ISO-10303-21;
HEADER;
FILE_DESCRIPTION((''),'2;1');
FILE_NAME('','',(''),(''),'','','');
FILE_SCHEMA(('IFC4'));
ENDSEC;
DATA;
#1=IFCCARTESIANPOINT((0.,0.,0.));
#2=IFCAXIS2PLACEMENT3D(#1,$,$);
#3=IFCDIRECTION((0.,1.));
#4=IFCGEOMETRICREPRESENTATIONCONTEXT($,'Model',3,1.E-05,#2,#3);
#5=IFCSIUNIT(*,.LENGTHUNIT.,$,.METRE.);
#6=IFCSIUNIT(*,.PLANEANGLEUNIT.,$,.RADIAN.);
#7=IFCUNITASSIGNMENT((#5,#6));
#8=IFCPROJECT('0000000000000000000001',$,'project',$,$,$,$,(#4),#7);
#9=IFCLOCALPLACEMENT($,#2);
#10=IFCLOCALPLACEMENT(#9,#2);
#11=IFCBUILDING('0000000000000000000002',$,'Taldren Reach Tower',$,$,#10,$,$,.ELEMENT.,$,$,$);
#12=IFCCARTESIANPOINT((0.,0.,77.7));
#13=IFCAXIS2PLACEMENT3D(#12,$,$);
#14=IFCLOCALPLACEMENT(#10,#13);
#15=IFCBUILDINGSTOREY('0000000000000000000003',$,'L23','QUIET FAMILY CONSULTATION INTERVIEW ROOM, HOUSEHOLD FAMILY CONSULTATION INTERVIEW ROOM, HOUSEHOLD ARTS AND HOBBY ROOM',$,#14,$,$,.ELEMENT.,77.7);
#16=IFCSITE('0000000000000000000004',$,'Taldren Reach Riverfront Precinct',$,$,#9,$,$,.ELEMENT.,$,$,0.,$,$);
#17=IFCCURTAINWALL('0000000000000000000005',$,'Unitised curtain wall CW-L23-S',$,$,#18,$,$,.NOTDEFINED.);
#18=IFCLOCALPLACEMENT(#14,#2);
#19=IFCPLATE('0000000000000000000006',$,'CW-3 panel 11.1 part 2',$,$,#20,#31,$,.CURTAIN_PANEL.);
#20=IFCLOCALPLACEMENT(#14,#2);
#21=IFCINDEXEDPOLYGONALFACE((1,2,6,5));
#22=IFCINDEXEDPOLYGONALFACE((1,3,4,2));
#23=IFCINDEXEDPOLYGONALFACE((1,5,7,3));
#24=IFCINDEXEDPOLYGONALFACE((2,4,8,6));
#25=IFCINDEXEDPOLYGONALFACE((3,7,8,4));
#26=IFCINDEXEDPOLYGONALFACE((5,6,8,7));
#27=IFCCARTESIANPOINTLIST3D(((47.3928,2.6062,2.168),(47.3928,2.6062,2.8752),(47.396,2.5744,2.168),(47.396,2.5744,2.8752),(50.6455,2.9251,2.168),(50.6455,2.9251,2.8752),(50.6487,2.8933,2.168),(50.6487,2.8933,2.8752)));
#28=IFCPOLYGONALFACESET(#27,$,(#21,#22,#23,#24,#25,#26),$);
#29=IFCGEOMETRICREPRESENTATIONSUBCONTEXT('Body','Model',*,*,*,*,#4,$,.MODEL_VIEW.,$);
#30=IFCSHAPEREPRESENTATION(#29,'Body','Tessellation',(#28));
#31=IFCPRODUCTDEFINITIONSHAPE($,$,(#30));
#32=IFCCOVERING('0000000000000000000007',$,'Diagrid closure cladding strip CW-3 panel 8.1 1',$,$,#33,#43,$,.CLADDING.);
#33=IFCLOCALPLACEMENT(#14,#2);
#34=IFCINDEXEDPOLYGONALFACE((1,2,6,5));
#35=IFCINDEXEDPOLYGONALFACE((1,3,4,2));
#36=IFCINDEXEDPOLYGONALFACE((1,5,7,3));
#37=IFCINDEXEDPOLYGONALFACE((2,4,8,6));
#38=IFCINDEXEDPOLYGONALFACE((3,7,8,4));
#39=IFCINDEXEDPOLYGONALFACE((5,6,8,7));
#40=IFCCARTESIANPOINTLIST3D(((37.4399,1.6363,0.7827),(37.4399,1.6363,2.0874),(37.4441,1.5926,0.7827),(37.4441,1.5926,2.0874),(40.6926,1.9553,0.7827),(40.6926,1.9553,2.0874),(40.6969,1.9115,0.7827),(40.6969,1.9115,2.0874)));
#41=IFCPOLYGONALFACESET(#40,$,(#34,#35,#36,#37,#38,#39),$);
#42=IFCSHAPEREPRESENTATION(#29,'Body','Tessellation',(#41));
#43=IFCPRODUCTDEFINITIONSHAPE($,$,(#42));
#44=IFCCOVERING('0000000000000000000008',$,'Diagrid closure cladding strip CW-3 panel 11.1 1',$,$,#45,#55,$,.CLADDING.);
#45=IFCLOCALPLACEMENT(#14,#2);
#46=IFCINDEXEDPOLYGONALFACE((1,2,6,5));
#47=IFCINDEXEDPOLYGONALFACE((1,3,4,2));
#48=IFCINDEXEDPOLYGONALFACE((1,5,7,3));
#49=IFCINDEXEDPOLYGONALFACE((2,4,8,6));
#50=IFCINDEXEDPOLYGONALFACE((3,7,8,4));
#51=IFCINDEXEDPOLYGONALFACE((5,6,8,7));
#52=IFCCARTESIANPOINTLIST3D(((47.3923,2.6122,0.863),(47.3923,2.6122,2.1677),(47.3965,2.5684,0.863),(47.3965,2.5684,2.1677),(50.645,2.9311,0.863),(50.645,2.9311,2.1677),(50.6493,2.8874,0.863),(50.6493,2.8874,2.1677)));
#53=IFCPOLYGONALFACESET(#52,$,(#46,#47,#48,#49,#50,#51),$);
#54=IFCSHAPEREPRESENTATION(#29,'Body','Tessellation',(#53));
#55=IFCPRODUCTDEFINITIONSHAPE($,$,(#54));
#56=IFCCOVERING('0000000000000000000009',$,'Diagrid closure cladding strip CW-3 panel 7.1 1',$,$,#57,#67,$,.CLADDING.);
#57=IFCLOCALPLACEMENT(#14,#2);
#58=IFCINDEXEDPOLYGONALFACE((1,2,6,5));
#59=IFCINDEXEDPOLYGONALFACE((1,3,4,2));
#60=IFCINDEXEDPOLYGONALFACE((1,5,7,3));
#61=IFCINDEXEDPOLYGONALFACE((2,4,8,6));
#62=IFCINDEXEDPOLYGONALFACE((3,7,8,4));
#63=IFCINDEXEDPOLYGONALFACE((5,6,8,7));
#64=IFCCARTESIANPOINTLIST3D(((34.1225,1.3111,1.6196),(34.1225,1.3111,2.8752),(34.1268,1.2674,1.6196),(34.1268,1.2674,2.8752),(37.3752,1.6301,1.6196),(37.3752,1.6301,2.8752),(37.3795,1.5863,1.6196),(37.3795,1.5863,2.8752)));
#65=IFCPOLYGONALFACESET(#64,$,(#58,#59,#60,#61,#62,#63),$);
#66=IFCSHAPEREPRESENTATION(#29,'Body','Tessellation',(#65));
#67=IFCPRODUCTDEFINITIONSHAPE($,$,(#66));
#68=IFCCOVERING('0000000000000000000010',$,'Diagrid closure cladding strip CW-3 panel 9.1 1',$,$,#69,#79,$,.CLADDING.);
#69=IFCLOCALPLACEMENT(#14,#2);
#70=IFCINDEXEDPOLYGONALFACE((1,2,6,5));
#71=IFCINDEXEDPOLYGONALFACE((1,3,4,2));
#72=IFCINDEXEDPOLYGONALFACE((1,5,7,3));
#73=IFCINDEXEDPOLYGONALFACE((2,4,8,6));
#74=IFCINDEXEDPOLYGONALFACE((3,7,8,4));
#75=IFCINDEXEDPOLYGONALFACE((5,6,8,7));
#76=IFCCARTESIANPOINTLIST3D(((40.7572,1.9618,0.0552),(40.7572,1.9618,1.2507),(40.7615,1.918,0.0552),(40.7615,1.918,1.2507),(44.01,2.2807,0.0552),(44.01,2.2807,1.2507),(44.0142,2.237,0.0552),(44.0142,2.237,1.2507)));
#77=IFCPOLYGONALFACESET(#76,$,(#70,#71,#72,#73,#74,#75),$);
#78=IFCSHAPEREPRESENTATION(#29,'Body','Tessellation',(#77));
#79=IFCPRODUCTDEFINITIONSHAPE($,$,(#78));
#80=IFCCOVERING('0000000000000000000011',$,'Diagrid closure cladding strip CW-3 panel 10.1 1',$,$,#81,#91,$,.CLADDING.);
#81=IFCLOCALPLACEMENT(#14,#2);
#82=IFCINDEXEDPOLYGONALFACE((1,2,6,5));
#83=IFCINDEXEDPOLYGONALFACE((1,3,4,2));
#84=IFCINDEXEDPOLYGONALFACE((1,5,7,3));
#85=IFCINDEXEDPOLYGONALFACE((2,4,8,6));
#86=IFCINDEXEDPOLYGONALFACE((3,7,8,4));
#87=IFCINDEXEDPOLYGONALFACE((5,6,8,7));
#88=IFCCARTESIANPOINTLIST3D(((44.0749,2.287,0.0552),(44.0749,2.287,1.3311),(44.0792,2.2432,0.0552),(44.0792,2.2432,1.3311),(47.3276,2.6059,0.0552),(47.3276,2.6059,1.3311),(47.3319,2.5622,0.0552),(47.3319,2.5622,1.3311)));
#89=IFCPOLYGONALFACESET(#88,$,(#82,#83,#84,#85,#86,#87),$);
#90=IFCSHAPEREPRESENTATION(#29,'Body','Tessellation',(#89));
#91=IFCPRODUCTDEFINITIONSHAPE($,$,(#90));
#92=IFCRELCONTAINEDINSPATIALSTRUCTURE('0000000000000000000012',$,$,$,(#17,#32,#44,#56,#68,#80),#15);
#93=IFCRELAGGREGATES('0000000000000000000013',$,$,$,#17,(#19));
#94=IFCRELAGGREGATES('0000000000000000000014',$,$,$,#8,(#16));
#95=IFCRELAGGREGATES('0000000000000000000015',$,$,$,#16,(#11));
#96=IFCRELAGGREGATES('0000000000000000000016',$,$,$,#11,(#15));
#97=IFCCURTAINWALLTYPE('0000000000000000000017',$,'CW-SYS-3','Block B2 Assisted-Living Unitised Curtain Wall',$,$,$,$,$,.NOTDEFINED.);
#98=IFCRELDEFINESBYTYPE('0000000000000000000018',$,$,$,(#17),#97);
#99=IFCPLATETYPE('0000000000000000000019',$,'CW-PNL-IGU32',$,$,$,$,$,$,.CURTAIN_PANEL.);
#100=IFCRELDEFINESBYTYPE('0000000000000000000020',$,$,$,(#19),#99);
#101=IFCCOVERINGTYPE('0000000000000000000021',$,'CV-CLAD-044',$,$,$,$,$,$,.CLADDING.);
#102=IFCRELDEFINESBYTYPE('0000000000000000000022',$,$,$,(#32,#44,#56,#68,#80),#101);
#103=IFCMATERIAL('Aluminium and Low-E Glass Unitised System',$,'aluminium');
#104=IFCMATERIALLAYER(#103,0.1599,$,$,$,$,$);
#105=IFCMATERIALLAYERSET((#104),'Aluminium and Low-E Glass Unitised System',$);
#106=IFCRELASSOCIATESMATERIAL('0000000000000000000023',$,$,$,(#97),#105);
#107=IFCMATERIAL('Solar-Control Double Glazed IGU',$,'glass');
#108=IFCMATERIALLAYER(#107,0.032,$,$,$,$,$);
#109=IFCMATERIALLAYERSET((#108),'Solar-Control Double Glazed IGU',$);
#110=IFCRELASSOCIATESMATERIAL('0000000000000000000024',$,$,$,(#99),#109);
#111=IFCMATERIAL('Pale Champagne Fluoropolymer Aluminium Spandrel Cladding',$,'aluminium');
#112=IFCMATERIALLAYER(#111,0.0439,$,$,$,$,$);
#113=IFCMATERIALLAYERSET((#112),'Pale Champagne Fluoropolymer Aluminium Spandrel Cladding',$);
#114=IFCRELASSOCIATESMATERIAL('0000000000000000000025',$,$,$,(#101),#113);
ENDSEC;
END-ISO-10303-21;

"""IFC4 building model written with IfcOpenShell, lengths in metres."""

from ifc_helpers import new_model, si_unit, direction, frame, origin, origin_2d, place, context, subcontext, project, spatial, rectangle, extrude, source, transform, mapped, material, layer, layer_set, type_object, element, aggregate, save


model = new_model("IFC4")

# Units and contexts
model_context = context("Model", 3, precision=1e-05, world=origin(), true_north=direction((0.0, 1.0)))
body_context = subcontext(model_context, "Body", "Model", "MODEL_VIEW")
ifc_project = project(units=[si_unit("LENGTHUNIT", "METRE"), si_unit("PLANEANGLEUNIT", "RADIAN")], contexts=[model_context])

# Site, building, storey
site_placement = place(None, origin())
site = spatial("IfcSite", under=ifc_project, at=site_placement, Name="Taldren Reach Riverfront Precinct", CompositionType="ELEMENT", RefElevation=0.0)
building_placement = place(site_placement, origin())
building = spatial("IfcBuilding", under=site, at=building_placement, Name="Taldren Reach Tower", CompositionType="ELEMENT")
storey_placement = place(building_placement, frame((0.0, 0.0, 77.7)))
storey = spatial("IfcBuildingStorey", under=building, at=storey_placement, Name="L23", Description="QUIET FAMILY CONSULTATION INTERVIEW ROOM, HOUSEHOLD FAMILY CONSULTATION INTERVIEW ROOM, HOUSEHOLD ARTS AND HOBBY ROOM", CompositionType="ELEMENT", Elevation=77.7)

# Curtain wall
ifc_material_1 = material(Name="Aluminium and Low-E Glass Unitised System", Category="aluminium")
ifc_layer_1 = layer(ifc_material_1, 0.1599)
ifc_layer_set_1 = layer_set([ifc_layer_1], Name="Aluminium and Low-E Glass Unitised System")
curtain_wall_type = type_object("IfcCurtainWallType", Name="CW-SYS-3", Description="Block B2 Assisted-Living Unitised Curtain Wall", PredefinedType="NOTDEFINED", material=ifc_layer_set_1)
curtain_wall_placement = place(storey_placement, origin())
curtain_wall = element("IfcCurtainWall", 1, at=curtain_wall_placement, inside=storey, type_object=curtain_wall_type, Name="Unitised curtain wall CW-L23-S", PredefinedType="NOTDEFINED")

# Plate
ifc_material_2 = material(Name="Solar-Control Double Glazed IGU", Category="glass")
ifc_layer_2 = layer(ifc_material_2, 0.032)
ifc_layer_set_2 = layer_set([ifc_layer_2], Name="Solar-Control Double Glazed IGU")
plate_type_1 = type_object("IfcPlateType", Name="CW-PNL-IGU32", PredefinedType="CURTAIN_PANEL", material=ifc_layer_set_2)
shared_shape_1 = source(origin(), body_context, "Body", "SweptSolid", [
    extrude(rectangle(XDim=3.2683, YDim=0.032, at=origin_2d()), origin(), (0.0, 0.0, 1.0), 0.7073),
])
plate_1_placement = place(storey_placement, frame((49.0208, 2.7498, 2.168), z_axis=(0.0, 0.0, 1.0), x_axis=(0.995227, 0.097583, 0.0)))
plate_1 = element("IfcPlate", 2, at=plate_1_placement, type_object=plate_type_1, Name="CW-3 panel 11.1 part 2", PredefinedType="CURTAIN_PANEL", context=body_context, shape_type="MappedRepresentation", body=[
    mapped(shared_shape_1, transform((0.0, 0.0, 0.0), scale=1.0)),
])
aggregate(curtain_wall, [plate_1])

# Coverings
ifc_material_3 = material(Name="Pale Champagne Fluoropolymer Aluminium Spandrel Cladding", Category="aluminium")
ifc_layer_3 = layer(ifc_material_3, 0.0439)
ifc_layer_set_3 = layer_set([ifc_layer_3], Name="Pale Champagne Fluoropolymer Aluminium Spandrel Cladding")
covering_type = type_object("IfcCoveringType", Name="CV-CLAD-044", PredefinedType="CLADDING", material=ifc_layer_set_3)
shared_shape_2 = source(origin(), body_context, "Body", "SweptSolid", [
    extrude(rectangle(XDim=3.2683, YDim=0.0439, at=origin_2d()), origin(), (0.0, 0.0, 1.0), 1.3047),
])
for number, where, z_axis, x_axis, name in (
    (3, (39.0684, 1.7739, 0.7827), (0.0, 0.0, 1.0), (0.995227, 0.097583, 0.0), "Diagrid closure cladding strip CW-3 panel 8.1 1"),
    (4, (49.0208, 2.7498, 0.863), (0.0, 0.0, 1.0), (0.995227, 0.097583, 0.0), "Diagrid closure cladding strip CW-3 panel 11.1 1"),
):
    element("IfcCovering", number, at=place(storey_placement, frame(where, z_axis=z_axis, x_axis=x_axis)), inside=storey, type_object=covering_type, Name=name, PredefinedType="CLADDING", context=body_context, shape_type="MappedRepresentation", body=[
        mapped(shared_shape_2, transform((0.0, 0.0, 0.0), scale=1.0)),
    ])
shared_shape_3 = source(origin(), body_context, "Body", "SweptSolid", [
    extrude(rectangle(XDim=3.2683, YDim=0.0439, at=origin_2d()), origin(), (0.0, 0.0, 1.0), 1.2556),
])
covering_1_placement = place(storey_placement, frame((35.751, 1.4487, 1.6196), z_axis=(0.0, 0.0, 1.0), x_axis=(0.995227, 0.097583, 0.0)))
element("IfcCovering", 5, at=covering_1_placement, inside=storey, type_object=covering_type, Name="Diagrid closure cladding strip CW-3 panel 7.1 1", PredefinedType="CLADDING", context=body_context, shape_type="MappedRepresentation", body=[
    mapped(shared_shape_3, transform((0.0, 0.0, 0.0), scale=1.0)),
])
shared_shape_4 = source(origin(), body_context, "Body", "SweptSolid", [
    extrude(rectangle(XDim=3.2683, YDim=0.0439, at=origin_2d()), origin(), (0.0, 0.0, 1.0), 1.1956),
])
covering_2_placement = place(storey_placement, frame((42.3857, 2.0994, 0.0552), z_axis=(0.0, 0.0, 1.0), x_axis=(0.995227, 0.097583, 0.0)))
element("IfcCovering", 6, at=covering_2_placement, inside=storey, type_object=covering_type, Name="Diagrid closure cladding strip CW-3 panel 9.1 1", PredefinedType="CLADDING", context=body_context, shape_type="MappedRepresentation", body=[
    mapped(shared_shape_4, transform((0.0, 0.0, 0.0), scale=1.0)),
])
shared_shape_5 = source(origin(), body_context, "Body", "SweptSolid", [
    extrude(rectangle(XDim=3.2683, YDim=0.0439, at=origin_2d()), origin(), (0.0, 0.0, 1.0), 1.2759),
])
covering_3_placement = place(storey_placement, frame((45.7034, 2.4246, 0.0552), z_axis=(0.0, 0.0, 1.0), x_axis=(0.995227, 0.097583, 0.0)))
element("IfcCovering", 7, at=covering_3_placement, inside=storey, type_object=covering_type, Name="Diagrid closure cladding strip CW-3 panel 10.1 1", PredefinedType="CLADDING", context=body_context, shape_type="MappedRepresentation", body=[
    mapped(shared_shape_5, transform((0.0, 0.0, 0.0), scale=1.0)),
])

save(model, "model.ifc")
